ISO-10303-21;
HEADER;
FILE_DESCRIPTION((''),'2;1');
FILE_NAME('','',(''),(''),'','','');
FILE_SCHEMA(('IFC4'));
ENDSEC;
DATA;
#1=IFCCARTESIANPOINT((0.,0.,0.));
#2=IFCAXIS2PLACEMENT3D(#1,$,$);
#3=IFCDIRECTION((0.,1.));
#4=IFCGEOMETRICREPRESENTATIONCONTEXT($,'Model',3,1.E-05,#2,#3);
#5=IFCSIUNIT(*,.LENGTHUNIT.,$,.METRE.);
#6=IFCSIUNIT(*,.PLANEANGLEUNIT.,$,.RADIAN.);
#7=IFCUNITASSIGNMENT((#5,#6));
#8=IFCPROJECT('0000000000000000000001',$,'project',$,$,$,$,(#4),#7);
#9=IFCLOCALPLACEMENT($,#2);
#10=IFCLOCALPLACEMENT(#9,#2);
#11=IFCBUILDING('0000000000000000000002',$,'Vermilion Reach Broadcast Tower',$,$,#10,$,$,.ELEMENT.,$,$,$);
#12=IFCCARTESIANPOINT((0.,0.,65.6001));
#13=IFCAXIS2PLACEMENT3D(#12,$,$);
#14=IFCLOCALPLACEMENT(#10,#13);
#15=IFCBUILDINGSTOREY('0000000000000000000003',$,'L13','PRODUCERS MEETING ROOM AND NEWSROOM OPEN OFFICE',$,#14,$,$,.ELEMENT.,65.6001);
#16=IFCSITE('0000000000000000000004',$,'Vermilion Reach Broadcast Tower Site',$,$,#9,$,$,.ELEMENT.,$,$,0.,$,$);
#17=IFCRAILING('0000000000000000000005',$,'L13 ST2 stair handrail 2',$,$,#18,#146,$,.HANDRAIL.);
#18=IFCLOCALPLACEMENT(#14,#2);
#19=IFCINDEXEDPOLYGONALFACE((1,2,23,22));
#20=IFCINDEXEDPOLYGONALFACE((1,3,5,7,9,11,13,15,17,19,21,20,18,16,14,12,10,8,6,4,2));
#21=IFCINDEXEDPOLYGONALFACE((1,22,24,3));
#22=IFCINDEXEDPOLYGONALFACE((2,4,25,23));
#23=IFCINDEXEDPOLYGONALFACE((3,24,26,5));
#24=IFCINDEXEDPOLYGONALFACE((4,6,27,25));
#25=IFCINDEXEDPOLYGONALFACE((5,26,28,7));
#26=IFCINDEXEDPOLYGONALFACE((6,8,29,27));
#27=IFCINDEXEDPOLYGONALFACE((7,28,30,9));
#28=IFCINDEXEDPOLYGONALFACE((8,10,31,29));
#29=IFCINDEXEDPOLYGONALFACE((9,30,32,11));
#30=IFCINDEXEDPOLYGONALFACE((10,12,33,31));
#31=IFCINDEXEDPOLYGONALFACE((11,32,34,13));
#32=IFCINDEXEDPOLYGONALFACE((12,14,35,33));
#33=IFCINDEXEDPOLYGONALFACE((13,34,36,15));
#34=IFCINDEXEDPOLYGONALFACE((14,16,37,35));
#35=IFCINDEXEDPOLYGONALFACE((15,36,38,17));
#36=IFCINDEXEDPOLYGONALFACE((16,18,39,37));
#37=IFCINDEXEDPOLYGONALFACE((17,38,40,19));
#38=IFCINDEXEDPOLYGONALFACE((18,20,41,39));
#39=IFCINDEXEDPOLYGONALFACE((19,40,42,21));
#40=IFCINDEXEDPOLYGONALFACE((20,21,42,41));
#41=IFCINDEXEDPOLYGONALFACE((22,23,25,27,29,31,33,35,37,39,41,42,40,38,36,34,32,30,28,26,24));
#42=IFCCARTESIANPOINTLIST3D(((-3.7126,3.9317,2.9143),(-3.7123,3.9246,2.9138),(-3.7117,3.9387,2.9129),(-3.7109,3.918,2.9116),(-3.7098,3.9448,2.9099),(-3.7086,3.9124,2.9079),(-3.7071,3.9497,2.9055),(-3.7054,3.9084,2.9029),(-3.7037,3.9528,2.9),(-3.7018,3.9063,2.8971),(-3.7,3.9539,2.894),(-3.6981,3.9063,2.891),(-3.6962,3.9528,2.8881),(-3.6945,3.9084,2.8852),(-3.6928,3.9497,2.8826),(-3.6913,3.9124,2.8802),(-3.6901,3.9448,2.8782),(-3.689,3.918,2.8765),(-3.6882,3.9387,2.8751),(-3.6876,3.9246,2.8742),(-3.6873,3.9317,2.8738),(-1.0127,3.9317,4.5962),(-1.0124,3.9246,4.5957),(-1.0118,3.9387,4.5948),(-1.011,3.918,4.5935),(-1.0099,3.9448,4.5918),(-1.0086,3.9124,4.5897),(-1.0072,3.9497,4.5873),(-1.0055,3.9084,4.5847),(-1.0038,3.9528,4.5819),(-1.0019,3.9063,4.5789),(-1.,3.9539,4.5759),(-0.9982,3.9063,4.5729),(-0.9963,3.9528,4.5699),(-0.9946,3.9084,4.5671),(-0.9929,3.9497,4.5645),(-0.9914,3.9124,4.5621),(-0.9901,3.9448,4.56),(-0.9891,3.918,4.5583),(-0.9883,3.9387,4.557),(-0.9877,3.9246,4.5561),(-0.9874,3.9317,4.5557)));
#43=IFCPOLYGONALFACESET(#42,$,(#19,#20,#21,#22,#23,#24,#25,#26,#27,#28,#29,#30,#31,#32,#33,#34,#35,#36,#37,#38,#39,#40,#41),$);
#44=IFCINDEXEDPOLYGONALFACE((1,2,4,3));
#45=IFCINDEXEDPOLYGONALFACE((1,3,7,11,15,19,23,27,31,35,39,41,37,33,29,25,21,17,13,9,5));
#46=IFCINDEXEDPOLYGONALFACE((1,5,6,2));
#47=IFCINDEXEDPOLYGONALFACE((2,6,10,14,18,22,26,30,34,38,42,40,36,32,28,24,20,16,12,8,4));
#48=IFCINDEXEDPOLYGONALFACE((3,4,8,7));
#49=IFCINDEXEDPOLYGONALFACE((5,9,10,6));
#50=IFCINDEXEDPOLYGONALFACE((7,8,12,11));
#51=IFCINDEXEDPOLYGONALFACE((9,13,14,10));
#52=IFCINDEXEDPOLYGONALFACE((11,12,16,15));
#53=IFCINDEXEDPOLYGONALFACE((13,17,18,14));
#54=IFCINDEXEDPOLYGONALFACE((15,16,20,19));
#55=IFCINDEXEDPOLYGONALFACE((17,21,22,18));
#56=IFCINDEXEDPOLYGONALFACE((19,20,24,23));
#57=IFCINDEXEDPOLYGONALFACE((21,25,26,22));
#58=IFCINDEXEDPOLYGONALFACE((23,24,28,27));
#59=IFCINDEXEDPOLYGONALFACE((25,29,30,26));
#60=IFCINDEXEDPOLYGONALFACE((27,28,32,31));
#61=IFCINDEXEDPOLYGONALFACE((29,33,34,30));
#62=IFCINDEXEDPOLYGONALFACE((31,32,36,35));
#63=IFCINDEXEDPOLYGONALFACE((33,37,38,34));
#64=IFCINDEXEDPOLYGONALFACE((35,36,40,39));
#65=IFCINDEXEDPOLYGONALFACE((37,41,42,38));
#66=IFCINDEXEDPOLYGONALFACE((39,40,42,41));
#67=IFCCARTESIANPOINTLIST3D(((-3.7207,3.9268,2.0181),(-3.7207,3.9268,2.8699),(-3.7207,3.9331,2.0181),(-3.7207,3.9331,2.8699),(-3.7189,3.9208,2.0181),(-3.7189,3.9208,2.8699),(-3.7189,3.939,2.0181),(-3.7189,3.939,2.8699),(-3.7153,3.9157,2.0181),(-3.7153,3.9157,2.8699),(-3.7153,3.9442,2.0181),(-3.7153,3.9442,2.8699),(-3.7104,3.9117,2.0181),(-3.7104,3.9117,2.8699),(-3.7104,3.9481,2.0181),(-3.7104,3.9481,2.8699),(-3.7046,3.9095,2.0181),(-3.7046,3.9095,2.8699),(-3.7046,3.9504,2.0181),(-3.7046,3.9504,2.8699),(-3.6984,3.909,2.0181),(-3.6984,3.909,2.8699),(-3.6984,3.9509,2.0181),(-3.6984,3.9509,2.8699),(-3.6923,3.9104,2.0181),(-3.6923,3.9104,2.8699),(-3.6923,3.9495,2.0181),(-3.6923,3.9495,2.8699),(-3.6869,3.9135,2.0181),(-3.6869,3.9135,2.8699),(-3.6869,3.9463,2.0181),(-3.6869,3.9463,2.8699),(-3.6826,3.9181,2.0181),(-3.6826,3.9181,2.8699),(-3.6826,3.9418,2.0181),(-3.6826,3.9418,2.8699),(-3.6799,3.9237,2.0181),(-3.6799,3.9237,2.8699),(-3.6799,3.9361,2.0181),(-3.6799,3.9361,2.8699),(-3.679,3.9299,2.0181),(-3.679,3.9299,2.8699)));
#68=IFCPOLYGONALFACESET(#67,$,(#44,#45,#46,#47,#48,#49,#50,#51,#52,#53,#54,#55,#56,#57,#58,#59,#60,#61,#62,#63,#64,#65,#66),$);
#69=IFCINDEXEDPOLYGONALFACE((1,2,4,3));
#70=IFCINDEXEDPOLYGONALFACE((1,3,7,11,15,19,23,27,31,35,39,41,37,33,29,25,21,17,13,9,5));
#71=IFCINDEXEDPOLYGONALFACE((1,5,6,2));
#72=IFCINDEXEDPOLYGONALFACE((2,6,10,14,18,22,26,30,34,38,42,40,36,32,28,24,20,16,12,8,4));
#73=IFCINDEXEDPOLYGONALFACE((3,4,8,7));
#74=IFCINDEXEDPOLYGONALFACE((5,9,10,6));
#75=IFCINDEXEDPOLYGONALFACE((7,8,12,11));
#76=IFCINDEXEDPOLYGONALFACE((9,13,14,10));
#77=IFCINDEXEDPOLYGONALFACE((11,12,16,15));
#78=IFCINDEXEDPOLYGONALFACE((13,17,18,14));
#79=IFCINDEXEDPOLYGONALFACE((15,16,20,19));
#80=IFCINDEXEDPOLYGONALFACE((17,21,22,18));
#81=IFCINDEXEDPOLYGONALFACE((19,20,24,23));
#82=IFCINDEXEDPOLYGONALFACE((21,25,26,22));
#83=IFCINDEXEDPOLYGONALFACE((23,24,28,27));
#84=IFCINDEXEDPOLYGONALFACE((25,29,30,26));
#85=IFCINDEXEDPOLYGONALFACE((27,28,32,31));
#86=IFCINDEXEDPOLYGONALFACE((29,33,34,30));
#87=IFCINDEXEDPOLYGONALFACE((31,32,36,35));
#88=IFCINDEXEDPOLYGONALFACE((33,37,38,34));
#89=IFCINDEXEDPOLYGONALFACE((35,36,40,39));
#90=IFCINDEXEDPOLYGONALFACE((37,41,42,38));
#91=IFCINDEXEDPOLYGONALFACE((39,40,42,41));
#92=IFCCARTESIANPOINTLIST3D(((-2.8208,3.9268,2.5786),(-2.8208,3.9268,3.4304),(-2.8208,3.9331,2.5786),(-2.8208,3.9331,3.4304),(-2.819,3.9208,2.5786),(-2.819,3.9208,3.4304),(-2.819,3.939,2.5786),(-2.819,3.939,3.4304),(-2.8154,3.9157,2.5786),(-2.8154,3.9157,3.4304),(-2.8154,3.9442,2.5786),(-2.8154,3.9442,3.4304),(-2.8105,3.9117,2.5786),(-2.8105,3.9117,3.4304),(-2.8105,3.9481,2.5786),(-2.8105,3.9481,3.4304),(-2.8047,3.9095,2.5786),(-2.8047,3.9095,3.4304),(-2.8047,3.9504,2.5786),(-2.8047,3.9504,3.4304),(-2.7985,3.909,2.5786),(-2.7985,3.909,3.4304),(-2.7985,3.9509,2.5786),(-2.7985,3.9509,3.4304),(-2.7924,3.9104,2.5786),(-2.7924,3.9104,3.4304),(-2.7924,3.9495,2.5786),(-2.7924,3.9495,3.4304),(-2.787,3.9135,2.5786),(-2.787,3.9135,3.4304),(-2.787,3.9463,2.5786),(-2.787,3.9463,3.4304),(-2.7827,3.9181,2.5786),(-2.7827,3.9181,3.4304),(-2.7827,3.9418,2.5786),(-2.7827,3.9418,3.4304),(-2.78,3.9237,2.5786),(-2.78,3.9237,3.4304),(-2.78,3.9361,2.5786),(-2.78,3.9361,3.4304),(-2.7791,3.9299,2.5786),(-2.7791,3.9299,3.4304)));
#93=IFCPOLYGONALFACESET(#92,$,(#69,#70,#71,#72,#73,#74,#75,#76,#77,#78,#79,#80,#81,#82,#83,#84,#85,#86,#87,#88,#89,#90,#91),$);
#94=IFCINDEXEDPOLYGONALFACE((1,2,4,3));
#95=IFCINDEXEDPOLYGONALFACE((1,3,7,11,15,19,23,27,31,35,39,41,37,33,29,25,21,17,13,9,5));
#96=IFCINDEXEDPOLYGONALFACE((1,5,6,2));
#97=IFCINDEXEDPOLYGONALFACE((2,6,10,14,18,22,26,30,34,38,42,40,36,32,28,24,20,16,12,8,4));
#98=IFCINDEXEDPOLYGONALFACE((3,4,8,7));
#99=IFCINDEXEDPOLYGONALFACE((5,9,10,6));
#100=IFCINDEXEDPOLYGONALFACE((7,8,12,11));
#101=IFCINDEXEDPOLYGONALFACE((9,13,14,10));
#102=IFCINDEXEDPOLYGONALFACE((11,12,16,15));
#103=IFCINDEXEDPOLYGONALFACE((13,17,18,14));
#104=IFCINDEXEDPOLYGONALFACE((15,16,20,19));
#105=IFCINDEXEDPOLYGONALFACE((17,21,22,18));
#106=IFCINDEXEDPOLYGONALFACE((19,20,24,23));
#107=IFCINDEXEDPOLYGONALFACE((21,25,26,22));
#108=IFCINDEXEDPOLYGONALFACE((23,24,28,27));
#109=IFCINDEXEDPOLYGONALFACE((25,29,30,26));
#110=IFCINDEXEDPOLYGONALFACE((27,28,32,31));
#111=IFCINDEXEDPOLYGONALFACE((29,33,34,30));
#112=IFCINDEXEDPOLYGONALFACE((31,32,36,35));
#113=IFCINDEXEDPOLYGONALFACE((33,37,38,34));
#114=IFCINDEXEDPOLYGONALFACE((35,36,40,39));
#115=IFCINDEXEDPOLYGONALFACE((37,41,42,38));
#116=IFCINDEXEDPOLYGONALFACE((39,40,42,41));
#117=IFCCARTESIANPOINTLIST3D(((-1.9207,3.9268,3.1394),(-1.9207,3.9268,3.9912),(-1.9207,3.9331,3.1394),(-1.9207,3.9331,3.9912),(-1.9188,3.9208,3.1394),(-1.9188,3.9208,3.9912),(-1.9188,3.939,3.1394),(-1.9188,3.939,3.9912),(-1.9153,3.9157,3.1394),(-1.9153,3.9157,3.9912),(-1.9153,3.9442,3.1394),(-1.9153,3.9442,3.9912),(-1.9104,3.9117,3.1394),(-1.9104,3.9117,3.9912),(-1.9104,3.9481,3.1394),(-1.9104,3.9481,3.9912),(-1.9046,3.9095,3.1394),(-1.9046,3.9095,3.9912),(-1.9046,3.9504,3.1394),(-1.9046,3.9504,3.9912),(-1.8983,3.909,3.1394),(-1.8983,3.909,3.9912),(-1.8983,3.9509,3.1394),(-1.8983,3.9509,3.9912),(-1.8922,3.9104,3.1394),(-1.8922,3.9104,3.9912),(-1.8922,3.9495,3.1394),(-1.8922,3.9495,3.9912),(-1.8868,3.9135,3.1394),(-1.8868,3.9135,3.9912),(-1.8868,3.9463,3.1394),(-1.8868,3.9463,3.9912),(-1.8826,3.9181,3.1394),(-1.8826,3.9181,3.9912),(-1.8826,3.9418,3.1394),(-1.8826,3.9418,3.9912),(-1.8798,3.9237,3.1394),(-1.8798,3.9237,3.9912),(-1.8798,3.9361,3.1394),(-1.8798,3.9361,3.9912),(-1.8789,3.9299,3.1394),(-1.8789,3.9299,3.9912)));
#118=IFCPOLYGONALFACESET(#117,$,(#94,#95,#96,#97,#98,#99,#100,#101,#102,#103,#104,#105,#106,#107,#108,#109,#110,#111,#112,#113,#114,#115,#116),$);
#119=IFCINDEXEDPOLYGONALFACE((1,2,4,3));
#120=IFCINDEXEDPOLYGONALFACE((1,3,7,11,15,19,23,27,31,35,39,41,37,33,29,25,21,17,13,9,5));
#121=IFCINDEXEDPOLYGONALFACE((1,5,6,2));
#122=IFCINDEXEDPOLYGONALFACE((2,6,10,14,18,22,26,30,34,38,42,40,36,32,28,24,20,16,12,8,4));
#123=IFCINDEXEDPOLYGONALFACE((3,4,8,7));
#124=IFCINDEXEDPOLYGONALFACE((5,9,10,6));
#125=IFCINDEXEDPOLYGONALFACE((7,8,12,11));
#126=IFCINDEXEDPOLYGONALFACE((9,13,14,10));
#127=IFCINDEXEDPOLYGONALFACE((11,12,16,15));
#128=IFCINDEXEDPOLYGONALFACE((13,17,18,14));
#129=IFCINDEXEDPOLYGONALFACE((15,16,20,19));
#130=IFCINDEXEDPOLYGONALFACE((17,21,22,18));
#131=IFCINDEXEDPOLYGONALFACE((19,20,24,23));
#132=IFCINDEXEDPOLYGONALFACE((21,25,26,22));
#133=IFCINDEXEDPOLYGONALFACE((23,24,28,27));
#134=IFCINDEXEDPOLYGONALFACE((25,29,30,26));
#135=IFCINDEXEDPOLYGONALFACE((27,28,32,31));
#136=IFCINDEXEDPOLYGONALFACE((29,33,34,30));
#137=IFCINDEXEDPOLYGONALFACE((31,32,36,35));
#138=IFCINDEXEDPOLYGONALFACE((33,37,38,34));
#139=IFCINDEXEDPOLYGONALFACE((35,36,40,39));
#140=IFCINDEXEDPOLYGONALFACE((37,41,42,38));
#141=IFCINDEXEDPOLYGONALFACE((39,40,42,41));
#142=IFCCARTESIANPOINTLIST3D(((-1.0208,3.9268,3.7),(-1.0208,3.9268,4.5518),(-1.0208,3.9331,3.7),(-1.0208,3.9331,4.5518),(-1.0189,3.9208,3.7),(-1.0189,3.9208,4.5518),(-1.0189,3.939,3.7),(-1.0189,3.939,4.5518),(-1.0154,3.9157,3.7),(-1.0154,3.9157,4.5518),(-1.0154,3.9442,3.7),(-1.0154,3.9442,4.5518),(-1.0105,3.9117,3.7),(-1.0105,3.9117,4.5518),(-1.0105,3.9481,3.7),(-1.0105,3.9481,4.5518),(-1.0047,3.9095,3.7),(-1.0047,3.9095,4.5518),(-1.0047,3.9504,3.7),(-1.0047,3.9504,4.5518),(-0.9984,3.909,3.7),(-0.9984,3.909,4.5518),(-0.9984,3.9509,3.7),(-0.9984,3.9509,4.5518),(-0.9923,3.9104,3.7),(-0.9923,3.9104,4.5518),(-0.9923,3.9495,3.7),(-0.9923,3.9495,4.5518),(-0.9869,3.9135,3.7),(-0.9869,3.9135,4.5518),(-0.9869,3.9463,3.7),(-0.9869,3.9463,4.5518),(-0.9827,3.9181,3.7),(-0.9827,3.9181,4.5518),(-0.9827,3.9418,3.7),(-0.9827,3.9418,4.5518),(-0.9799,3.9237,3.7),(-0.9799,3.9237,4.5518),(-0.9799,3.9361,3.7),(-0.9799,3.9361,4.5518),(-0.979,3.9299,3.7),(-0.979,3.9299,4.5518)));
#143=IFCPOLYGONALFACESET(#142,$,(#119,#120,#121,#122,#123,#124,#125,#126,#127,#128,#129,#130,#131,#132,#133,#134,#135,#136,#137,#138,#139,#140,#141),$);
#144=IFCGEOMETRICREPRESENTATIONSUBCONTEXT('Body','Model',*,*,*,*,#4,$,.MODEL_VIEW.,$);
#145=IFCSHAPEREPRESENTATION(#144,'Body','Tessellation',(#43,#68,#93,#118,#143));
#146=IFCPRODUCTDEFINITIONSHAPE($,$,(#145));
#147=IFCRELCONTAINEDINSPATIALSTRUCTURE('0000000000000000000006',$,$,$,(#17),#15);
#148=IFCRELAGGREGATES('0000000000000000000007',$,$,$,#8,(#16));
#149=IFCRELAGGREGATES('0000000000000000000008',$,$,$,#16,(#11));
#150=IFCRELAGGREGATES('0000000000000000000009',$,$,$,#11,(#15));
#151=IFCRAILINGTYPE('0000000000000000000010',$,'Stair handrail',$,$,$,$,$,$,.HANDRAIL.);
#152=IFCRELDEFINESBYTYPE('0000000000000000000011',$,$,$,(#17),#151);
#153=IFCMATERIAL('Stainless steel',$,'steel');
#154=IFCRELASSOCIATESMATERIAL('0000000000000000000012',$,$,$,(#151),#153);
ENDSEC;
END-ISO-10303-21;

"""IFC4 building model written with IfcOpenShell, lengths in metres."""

from ifc_helpers import new_model, si_unit, direction, frame, origin, origin_2d, place, context, subcontext, project, spatial, circle, extrude, material, type_object, element, save


model = new_model("IFC4")

# Units and contexts
model_context = context("Model", 3, precision=1e-05, world=origin(), true_north=direction((0.0, 1.0)))
body_context = subcontext(model_context, "Body", "Model", "MODEL_VIEW")
ifc_project = project(units=[si_unit("LENGTHUNIT", "METRE"), si_unit("PLANEANGLEUNIT", "RADIAN")], contexts=[model_context])

# Site, building, storey
site_placement = place(None, origin())
site = spatial("IfcSite", under=ifc_project, at=site_placement, Name="Vermilion Reach Broadcast Tower Site", CompositionType="ELEMENT", RefElevation=0.0)
building_placement = place(site_placement, origin())
building = spatial("IfcBuilding", under=site, at=building_placement, Name="Vermilion Reach Broadcast Tower", CompositionType="ELEMENT")
storey_placement = place(building_placement, frame((0.0, 0.0, 65.6001)))
storey = spatial("IfcBuildingStorey", under=building, at=storey_placement, Name="L13", Description="PRODUCERS MEETING ROOM AND NEWSROOM OPEN OFFICE", CompositionType="ELEMENT", Elevation=65.6001)

# Railing
ifc_material_1 = material(Name="Stainless steel", Category="steel")
railing_type_1 = type_object("IfcRailingType", Name="Stair handrail", PredefinedType="HANDRAIL", material=ifc_material_1)
railing_1_placement = place(storey_placement, frame((-3.7, 3.9299, 2.0181)))
element("IfcRailing", 1, at=railing_1_placement, inside=storey, type_object=railing_type_1, Name="L13 ST2 stair handrail 2", PredefinedType="HANDRAIL", context=body_context, shape_type="SweptSolid", body=[
    extrude(circle(Radius=0.0239, at=origin_2d()), frame((0.0, 0.0, 0.876), z_axis=(0.848786, 0.0, 0.528736), x_axis=(0.0, 1.0, 0.0)), (0.0, 0.0, 1.0), 3.1809),
    extrude(circle(Radius=0.021, at=origin_2d()), origin(), (0.0, 0.0, 1.0), 0.8518),
    extrude(circle(Radius=0.021, at=origin_2d()), frame((0.8999, 0.0, 0.5605)), (0.0, 0.0, 1.0), 0.8518),
    extrude(circle(Radius=0.021, at=origin_2d()), frame((1.8, 0.0, 1.1213)), (0.0, 0.0, 1.0), 0.8518),
    extrude(circle(Radius=0.021, at=origin_2d()), frame((2.7, 0.0, 1.6819)), (0.0, 0.0, 1.0), 0.8518),
])

save(model, "model.ifc")
